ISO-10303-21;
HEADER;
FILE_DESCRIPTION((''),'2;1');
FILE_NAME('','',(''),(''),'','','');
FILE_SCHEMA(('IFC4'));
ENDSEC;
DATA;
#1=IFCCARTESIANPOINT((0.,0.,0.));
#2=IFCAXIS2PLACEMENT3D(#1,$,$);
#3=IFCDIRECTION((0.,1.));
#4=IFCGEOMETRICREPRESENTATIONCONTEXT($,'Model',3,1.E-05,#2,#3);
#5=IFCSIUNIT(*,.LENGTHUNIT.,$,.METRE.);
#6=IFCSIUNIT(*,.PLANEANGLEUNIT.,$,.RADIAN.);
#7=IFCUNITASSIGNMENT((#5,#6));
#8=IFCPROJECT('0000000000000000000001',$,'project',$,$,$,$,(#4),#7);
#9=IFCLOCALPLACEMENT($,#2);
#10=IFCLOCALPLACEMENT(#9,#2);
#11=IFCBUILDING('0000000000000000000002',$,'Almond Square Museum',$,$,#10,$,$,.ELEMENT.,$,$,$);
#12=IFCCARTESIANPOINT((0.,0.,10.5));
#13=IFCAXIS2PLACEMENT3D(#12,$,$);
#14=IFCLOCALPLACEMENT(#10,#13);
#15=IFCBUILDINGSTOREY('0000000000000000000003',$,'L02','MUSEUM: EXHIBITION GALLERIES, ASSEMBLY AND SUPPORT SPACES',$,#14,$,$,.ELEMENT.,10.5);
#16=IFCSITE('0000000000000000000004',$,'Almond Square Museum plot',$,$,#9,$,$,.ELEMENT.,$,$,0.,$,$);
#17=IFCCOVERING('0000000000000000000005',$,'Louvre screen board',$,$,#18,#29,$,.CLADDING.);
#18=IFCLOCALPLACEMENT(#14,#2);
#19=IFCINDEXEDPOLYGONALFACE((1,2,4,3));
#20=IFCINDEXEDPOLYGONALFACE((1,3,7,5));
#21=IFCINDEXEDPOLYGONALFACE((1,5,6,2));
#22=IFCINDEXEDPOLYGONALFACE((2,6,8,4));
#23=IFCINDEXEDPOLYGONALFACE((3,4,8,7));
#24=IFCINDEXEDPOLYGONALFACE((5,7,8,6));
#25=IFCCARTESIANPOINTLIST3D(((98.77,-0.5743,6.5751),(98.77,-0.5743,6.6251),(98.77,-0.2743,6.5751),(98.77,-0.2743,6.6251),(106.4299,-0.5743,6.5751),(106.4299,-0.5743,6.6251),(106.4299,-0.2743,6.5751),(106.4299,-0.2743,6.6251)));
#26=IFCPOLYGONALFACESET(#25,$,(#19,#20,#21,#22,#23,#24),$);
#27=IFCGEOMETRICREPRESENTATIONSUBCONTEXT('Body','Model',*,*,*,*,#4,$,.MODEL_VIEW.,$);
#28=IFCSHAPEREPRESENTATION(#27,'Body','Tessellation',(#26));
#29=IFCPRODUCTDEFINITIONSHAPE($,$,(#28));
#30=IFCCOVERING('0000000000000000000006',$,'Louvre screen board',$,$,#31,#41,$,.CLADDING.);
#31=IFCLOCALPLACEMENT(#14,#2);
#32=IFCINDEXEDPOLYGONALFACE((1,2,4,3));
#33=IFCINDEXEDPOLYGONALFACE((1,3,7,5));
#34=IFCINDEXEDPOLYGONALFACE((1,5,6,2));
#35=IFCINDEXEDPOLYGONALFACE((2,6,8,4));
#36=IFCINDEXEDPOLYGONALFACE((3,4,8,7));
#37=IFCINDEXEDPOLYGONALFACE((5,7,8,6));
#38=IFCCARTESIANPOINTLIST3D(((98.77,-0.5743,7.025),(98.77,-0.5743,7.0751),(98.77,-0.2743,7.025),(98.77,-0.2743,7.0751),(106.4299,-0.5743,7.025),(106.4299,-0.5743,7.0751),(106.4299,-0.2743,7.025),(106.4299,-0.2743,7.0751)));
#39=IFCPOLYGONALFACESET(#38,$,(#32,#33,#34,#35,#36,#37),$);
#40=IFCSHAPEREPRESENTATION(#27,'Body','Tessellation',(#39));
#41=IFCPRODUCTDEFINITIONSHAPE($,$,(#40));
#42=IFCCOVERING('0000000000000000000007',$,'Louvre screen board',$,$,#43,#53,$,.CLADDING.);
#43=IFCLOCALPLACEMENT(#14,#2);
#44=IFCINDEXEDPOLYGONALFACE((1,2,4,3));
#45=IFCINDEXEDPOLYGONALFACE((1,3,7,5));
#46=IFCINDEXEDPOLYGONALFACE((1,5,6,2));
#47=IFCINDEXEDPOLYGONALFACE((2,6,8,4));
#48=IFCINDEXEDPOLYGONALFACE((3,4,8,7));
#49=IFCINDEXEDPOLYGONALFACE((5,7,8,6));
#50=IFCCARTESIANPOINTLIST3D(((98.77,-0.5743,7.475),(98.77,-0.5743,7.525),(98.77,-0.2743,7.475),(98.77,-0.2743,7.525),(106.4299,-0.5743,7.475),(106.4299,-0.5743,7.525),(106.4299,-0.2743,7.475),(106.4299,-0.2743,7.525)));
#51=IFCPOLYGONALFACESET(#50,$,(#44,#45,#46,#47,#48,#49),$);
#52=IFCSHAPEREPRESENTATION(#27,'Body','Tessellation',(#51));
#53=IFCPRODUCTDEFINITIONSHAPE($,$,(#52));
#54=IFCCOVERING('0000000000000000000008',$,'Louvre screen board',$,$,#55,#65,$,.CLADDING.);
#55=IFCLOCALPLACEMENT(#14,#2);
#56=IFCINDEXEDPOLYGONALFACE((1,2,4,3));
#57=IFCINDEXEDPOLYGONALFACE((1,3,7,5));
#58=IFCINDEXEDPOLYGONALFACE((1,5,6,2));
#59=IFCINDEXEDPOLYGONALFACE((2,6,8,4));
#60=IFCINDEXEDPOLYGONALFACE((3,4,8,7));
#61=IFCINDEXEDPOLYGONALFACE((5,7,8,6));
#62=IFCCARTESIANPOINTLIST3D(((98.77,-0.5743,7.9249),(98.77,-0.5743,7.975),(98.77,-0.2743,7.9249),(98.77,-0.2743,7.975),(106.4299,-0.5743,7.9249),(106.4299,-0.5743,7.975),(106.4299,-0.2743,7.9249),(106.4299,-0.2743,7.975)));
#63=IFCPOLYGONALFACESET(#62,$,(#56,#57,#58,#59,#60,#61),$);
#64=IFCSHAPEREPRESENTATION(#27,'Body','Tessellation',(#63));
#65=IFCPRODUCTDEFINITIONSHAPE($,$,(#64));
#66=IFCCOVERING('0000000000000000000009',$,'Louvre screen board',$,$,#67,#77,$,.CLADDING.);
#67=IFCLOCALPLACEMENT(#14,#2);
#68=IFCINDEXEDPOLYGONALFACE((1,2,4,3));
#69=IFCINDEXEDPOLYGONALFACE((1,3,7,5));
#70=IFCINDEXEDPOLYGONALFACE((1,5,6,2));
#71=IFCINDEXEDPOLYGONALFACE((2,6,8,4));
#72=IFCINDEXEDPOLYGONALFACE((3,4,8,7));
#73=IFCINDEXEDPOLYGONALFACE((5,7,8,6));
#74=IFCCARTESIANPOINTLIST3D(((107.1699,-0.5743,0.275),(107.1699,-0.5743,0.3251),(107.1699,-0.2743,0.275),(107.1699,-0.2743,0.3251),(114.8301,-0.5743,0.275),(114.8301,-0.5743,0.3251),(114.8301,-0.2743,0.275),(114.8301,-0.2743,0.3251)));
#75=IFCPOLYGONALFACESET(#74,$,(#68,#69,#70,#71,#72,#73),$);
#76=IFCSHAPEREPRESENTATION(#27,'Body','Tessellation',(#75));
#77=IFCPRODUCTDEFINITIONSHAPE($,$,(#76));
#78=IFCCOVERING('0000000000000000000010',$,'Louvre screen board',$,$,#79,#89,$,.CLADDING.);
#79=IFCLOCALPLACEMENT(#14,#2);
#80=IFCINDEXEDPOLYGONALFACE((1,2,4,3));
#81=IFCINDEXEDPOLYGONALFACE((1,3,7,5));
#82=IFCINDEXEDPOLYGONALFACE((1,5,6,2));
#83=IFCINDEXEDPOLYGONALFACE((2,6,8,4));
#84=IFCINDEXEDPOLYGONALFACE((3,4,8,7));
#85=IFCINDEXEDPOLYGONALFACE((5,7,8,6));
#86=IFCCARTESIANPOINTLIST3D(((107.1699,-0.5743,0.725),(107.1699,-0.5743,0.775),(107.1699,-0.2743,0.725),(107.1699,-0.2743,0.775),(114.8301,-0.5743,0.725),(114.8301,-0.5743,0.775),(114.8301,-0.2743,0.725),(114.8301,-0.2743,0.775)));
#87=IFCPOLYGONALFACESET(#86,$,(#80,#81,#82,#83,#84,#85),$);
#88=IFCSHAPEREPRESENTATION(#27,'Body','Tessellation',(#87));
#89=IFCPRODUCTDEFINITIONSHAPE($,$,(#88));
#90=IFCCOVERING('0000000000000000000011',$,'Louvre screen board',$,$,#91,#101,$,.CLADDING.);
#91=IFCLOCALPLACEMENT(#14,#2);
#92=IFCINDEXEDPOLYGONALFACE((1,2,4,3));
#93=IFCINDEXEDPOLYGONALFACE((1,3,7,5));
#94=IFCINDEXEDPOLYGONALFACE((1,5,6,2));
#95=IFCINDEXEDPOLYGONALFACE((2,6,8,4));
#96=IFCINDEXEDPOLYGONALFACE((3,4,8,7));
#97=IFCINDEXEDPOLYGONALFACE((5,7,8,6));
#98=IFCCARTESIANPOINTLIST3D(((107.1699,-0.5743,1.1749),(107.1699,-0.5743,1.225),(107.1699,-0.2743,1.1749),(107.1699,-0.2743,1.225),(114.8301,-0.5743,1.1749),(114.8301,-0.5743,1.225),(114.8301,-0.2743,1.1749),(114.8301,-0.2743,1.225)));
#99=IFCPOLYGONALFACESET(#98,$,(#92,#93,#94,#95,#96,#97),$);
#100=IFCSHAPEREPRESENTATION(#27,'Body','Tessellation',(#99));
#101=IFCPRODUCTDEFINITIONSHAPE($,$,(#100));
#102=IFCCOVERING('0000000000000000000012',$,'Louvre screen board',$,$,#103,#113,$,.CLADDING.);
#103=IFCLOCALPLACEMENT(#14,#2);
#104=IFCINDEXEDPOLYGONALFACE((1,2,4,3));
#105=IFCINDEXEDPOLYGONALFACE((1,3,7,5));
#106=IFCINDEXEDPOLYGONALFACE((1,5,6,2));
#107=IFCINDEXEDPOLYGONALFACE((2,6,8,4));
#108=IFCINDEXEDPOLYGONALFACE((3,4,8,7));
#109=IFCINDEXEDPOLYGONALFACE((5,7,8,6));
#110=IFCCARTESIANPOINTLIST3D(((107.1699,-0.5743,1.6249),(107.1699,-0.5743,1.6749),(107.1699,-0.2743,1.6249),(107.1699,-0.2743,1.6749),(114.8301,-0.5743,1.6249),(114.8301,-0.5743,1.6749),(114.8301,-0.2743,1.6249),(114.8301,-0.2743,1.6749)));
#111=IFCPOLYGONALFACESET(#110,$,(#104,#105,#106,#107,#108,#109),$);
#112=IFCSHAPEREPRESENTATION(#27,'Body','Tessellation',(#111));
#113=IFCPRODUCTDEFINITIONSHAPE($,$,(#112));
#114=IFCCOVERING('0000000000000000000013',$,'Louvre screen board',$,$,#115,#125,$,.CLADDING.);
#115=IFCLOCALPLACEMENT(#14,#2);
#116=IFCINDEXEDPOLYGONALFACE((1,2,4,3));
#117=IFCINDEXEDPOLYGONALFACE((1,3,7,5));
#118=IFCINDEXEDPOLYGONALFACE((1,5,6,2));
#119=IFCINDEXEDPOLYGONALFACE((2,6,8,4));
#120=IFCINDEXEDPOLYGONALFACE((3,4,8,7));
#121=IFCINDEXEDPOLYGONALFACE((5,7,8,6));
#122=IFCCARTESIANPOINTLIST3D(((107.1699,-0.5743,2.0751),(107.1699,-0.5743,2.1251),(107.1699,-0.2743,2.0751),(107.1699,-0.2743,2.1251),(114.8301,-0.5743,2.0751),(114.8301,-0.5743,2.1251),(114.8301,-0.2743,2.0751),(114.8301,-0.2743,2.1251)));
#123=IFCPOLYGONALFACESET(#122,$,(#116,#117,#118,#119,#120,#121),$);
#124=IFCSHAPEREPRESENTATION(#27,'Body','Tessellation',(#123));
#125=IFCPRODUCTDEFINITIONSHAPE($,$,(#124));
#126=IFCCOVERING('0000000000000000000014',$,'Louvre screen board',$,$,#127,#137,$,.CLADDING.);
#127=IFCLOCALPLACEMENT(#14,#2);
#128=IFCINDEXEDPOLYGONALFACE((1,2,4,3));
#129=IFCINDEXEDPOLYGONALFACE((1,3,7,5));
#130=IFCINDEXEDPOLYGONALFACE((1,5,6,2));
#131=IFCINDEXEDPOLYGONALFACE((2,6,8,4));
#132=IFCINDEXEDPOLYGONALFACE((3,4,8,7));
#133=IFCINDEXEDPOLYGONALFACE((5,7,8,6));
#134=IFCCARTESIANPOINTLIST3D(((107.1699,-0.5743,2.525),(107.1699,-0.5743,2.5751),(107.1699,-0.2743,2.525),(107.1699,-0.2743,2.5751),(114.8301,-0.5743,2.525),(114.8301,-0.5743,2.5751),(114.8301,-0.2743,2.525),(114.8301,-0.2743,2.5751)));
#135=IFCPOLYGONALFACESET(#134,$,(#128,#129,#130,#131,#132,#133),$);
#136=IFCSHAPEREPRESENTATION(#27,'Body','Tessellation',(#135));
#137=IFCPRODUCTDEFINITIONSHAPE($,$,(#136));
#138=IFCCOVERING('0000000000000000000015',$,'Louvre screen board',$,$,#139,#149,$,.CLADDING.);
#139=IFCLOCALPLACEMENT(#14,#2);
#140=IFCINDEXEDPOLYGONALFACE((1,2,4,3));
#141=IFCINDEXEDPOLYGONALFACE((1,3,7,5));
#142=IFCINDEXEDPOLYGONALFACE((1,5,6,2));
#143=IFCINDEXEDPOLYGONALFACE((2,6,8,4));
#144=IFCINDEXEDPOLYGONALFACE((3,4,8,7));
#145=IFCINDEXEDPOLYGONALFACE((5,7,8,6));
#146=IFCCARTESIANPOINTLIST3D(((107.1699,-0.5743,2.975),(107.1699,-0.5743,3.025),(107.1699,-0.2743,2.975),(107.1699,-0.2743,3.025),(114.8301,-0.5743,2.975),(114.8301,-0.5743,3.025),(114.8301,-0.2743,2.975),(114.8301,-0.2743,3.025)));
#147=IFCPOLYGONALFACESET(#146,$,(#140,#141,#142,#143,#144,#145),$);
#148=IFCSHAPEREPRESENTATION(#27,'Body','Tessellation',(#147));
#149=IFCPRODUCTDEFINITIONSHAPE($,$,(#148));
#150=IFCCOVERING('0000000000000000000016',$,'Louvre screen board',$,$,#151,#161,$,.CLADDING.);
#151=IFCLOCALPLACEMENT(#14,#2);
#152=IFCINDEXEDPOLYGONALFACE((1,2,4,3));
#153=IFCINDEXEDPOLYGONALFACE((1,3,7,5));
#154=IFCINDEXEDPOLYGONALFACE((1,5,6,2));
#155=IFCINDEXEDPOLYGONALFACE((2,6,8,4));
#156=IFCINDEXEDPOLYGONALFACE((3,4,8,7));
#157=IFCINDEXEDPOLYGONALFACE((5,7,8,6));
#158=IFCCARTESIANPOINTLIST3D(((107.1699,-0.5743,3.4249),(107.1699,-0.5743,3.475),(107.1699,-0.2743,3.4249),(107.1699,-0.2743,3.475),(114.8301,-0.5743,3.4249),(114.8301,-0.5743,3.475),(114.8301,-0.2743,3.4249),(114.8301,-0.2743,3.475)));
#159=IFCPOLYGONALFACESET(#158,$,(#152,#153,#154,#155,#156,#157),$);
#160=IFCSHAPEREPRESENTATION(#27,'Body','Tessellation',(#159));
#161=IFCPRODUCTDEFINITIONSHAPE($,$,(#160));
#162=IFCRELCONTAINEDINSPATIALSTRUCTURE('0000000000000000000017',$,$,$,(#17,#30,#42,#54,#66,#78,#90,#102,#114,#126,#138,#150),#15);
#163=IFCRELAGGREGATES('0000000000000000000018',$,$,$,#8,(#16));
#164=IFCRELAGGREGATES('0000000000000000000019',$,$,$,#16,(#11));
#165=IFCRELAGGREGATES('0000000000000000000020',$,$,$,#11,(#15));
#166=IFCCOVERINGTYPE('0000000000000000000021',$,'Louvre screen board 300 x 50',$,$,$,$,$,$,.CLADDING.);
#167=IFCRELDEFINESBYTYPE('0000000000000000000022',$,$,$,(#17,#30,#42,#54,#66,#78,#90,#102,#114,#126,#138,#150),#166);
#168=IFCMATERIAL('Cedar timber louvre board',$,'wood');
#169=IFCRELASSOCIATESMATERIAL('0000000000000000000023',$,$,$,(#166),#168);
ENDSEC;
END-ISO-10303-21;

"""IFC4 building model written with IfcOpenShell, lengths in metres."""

from ifc_helpers import new_model, si_unit, direction, frame, origin, origin_2d, place, context, subcontext, project, spatial, rectangle, extrude, material, material_profile, profile_set, type_object, element, save


model = new_model("IFC4")

# Units and contexts
model_context = context("Model", 3, precision=1e-05, world=origin(), true_north=direction((0.0, 1.0)))
body_context = subcontext(model_context, "Body", "Model", "MODEL_VIEW")
ifc_project = project(units=[si_unit("LENGTHUNIT", "METRE"), si_unit("PLANEANGLEUNIT", "RADIAN")], contexts=[model_context])

# Site, building, storey
site_placement = place(None, origin())
site = spatial("IfcSite", under=ifc_project, at=site_placement, Name="Almond Square Museum plot", CompositionType="ELEMENT", RefElevation=0.0)
building_placement = place(site_placement, origin())
building = spatial("IfcBuilding", under=site, at=building_placement, Name="Almond Square Museum", CompositionType="ELEMENT")
storey_placement = place(building_placement, frame((0.0, 0.0, 10.5)))
storey = spatial("IfcBuildingStorey", under=building, at=storey_placement, Name="L02", Description="MUSEUM: EXHIBITION GALLERIES, ASSEMBLY AND SUPPORT SPACES", CompositionType="ELEMENT", Elevation=10.5)

# Coverings
ifc_material_1 = material(Name="Cedar timber louvre board", Category="wood")
ifc_material_profile_1 = material_profile(ifc_material_1, rectangle(XDim=0.3, YDim=0.05, at=origin_2d()))
ifc_profile_set_1 = profile_set([ifc_material_profile_1], Name="Cedar timber louvre board")
covering_type = type_object("IfcCoveringType", Name="Louvre screen board 300 x 50", PredefinedType="CLADDING", material=ifc_profile_set_1)
for number, where, z_axis, x_axis, name in (
    (1, (98.77, -0.4243, 6.6001), (1.0, 0.0, 0.0), (0.0, 1.0, 0.0), "Louvre screen board"),
    (2, (98.77, -0.4243, 7.05), (1.0, 0.0, 0.0), (0.0, 1.0, 0.0), "Louvre screen board"),
    (3, (98.77, -0.4243, 7.5), (1.0, 0.0, 0.0), (0.0, 1.0, 0.0), "Louvre screen board"),
    (4, (98.77, -0.4243, 7.95), (1.0, 0.0, 0.0), (0.0, 1.0, 0.0), "Louvre screen board"),
):
    element("IfcCovering", number, at=place(storey_placement, frame(where, z_axis=z_axis, x_axis=x_axis)), inside=storey, type_object=covering_type, Name=name, PredefinedType="CLADDING", context=body_context, shape_type="SweptSolid", body=[
        extrude(rectangle(XDim=0.3, YDim=0.05, at=origin_2d()), origin(), (0.0, 0.0, 1.0), 7.6599),
    ])
for number, where, z_axis, x_axis, name in (
    (5, (107.1699, -0.4243, 0.3), (1.0, 0.0, 0.0), (0.0, 1.0, 0.0), "Louvre screen board"),
    (6, (107.1699, -0.4243, 0.75), (1.0, 0.0, 0.0), (0.0, 1.0, 0.0), "Louvre screen board"),
    (7, (107.1699, -0.4243, 1.2), (1.0, 0.0, 0.0), (0.0, 1.0, 0.0), "Louvre screen board"),
    (8, (107.1699, -0.4243, 1.6499), (1.0, 0.0, 0.0), (0.0, 1.0, 0.0), "Louvre screen board"),
    (9, (107.1699, -0.4243, 2.1001), (1.0, 0.0, 0.0), (0.0, 1.0, 0.0), "Louvre screen board"),
    (10, (107.1699, -0.4243, 2.55), (1.0, 0.0, 0.0), (0.0, 1.0, 0.0), "Louvre screen board"),
    (11, (107.1699, -0.4243, 3.0), (1.0, 0.0, 0.0), (0.0, 1.0, 0.0), "Louvre screen board"),
    (12, (107.1699, -0.4243, 3.45), (1.0, 0.0, 0.0), (0.0, 1.0, 0.0), "Louvre screen board"),
):
    element("IfcCovering", number, at=place(storey_placement, frame(where, z_axis=z_axis, x_axis=x_axis)), inside=storey, type_object=covering_type, Name=name, PredefinedType="CLADDING", context=body_context, shape_type="SweptSolid", body=[
        extrude(rectangle(XDim=0.3, YDim=0.05, at=origin_2d()), origin(), (0.0, 0.0, 1.0), 7.6602),
    ])

save(model, "model.ifc")
